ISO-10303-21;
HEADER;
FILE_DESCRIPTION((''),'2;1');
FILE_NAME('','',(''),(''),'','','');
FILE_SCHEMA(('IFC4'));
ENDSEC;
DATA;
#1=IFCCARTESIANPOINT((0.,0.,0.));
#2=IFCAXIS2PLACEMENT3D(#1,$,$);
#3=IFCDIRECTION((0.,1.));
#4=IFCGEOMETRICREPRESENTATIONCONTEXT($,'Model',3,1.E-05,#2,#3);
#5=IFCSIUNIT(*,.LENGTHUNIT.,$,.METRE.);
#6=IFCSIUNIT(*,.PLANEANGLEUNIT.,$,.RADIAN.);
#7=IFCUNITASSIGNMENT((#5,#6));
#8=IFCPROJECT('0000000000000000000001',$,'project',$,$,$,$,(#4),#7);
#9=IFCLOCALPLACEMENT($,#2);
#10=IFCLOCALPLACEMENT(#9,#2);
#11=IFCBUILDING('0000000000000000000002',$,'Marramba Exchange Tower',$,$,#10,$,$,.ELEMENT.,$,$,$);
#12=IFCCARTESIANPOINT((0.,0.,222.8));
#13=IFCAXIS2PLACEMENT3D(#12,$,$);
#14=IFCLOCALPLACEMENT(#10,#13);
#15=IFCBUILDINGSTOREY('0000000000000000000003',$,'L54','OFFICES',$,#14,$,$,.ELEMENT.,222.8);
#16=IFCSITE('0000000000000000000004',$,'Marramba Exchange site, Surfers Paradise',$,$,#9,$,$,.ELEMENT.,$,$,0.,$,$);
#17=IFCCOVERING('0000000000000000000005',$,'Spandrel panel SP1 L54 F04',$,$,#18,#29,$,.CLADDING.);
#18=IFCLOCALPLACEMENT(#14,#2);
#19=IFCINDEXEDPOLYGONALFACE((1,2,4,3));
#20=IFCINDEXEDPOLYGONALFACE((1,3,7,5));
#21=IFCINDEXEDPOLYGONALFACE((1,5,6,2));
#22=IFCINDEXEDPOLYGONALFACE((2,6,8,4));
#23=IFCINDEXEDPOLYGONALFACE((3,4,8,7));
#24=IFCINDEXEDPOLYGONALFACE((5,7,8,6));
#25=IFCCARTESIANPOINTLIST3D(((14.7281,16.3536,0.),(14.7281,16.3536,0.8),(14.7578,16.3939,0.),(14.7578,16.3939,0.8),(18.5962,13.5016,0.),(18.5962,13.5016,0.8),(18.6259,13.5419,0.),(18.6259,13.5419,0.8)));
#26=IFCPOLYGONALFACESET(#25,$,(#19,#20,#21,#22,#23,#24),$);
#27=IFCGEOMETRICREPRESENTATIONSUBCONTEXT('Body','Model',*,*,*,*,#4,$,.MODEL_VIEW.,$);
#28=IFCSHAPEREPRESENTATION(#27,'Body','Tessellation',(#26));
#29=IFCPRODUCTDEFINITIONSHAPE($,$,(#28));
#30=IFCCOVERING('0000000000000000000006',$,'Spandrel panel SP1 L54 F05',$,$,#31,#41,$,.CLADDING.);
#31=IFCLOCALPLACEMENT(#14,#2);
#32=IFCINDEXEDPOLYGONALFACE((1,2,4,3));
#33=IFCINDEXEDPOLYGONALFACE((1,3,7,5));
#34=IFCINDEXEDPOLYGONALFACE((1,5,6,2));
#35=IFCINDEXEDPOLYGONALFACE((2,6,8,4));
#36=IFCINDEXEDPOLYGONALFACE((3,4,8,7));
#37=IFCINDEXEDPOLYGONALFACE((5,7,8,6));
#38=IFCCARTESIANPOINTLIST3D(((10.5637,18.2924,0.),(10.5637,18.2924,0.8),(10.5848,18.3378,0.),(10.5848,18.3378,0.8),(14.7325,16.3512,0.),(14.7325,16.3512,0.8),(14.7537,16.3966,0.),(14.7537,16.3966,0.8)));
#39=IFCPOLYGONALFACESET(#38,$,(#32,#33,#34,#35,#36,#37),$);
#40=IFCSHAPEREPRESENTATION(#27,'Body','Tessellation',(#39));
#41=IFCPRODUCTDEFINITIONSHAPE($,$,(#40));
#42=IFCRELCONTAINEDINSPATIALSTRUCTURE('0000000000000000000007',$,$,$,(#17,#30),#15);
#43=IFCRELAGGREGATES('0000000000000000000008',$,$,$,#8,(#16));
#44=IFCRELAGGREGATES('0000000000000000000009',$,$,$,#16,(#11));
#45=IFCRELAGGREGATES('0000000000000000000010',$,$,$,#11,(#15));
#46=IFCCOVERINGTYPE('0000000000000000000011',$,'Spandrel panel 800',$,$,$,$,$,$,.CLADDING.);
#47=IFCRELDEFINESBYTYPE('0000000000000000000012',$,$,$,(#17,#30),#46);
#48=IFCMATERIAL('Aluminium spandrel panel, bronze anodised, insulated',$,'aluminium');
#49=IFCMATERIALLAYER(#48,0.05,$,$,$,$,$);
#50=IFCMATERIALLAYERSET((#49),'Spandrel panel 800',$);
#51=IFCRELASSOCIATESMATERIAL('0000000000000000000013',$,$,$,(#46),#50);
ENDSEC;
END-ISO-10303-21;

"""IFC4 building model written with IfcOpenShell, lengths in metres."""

from ifc_helpers import new_model, si_unit, direction, frame, origin, origin_2d, place, context, subcontext, project, spatial, rectangle, extrude, material, layer, layer_set, type_object, element, save


model = new_model("IFC4")

# Units and contexts
model_context = context("Model", 3, precision=1e-05, world=origin(), true_north=direction((0.0, 1.0)))
body_context = subcontext(model_context, "Body", "Model", "MODEL_VIEW")
ifc_project = project(units=[si_unit("LENGTHUNIT", "METRE"), si_unit("PLANEANGLEUNIT", "RADIAN")], contexts=[model_context])

# Site, building, storey
site_placement = place(None, origin())
site = spatial("IfcSite", under=ifc_project, at=site_placement, Name="Marramba Exchange site, Surfers Paradise", CompositionType="ELEMENT", RefElevation=0.0)
building_placement = place(site_placement, origin())
building = spatial("IfcBuilding", under=site, at=building_placement, Name="Marramba Exchange Tower", CompositionType="ELEMENT")
storey_placement = place(building_placement, frame((0.0, 0.0, 222.8)))
storey = spatial("IfcBuildingStorey", under=building, at=storey_placement, Name="L54", Description="OFFICES", CompositionType="ELEMENT", Elevation=222.8)

# Coverings
ifc_material_1 = material(Name="Aluminium spandrel panel, bronze anodised, insulated", Category="aluminium")
ifc_layer_1 = layer(ifc_material_1, 0.05)
ifc_layer_set_1 = layer_set([ifc_layer_1], Name="Spandrel panel 800")
covering_type = type_object("IfcCoveringType", Name="Spandrel panel 800", PredefinedType="CLADDING", material=ifc_layer_set_1)
covering_1_placement = place(storey_placement, frame((16.677, 14.9478, 0.0), z_axis=(0.0, 0.0, 1.0), x_axis=(-0.804877, 0.593441, 0.0)))
element("IfcCovering", 1, at=covering_1_placement, inside=storey, type_object=covering_type, Name="Spandrel panel SP1 L54 F04", PredefinedType="CLADDING", context=body_context, shape_type="SweptSolid", body=[
    extrude(rectangle(XDim=4.8059, YDim=0.05, at=origin_2d()), origin(), (0.0, 0.0, 1.0), 0.8),
])
covering_2_placement = place(storey_placement, frame((12.6587, 17.3445, 0.0), z_axis=(0.0, 0.0, 1.0), x_axis=(-0.906534, 0.422133, 0.0)))
element("IfcCovering", 2, at=covering_2_placement, inside=storey, type_object=covering_type, Name="Spandrel panel SP1 L54 F05", PredefinedType="CLADDING", context=body_context, shape_type="SweptSolid", body=[
    extrude(rectangle(XDim=4.5986, YDim=0.05, at=origin_2d()), origin(), (0.0, 0.0, 1.0), 0.8),
])

save(model, "model.ifc")
